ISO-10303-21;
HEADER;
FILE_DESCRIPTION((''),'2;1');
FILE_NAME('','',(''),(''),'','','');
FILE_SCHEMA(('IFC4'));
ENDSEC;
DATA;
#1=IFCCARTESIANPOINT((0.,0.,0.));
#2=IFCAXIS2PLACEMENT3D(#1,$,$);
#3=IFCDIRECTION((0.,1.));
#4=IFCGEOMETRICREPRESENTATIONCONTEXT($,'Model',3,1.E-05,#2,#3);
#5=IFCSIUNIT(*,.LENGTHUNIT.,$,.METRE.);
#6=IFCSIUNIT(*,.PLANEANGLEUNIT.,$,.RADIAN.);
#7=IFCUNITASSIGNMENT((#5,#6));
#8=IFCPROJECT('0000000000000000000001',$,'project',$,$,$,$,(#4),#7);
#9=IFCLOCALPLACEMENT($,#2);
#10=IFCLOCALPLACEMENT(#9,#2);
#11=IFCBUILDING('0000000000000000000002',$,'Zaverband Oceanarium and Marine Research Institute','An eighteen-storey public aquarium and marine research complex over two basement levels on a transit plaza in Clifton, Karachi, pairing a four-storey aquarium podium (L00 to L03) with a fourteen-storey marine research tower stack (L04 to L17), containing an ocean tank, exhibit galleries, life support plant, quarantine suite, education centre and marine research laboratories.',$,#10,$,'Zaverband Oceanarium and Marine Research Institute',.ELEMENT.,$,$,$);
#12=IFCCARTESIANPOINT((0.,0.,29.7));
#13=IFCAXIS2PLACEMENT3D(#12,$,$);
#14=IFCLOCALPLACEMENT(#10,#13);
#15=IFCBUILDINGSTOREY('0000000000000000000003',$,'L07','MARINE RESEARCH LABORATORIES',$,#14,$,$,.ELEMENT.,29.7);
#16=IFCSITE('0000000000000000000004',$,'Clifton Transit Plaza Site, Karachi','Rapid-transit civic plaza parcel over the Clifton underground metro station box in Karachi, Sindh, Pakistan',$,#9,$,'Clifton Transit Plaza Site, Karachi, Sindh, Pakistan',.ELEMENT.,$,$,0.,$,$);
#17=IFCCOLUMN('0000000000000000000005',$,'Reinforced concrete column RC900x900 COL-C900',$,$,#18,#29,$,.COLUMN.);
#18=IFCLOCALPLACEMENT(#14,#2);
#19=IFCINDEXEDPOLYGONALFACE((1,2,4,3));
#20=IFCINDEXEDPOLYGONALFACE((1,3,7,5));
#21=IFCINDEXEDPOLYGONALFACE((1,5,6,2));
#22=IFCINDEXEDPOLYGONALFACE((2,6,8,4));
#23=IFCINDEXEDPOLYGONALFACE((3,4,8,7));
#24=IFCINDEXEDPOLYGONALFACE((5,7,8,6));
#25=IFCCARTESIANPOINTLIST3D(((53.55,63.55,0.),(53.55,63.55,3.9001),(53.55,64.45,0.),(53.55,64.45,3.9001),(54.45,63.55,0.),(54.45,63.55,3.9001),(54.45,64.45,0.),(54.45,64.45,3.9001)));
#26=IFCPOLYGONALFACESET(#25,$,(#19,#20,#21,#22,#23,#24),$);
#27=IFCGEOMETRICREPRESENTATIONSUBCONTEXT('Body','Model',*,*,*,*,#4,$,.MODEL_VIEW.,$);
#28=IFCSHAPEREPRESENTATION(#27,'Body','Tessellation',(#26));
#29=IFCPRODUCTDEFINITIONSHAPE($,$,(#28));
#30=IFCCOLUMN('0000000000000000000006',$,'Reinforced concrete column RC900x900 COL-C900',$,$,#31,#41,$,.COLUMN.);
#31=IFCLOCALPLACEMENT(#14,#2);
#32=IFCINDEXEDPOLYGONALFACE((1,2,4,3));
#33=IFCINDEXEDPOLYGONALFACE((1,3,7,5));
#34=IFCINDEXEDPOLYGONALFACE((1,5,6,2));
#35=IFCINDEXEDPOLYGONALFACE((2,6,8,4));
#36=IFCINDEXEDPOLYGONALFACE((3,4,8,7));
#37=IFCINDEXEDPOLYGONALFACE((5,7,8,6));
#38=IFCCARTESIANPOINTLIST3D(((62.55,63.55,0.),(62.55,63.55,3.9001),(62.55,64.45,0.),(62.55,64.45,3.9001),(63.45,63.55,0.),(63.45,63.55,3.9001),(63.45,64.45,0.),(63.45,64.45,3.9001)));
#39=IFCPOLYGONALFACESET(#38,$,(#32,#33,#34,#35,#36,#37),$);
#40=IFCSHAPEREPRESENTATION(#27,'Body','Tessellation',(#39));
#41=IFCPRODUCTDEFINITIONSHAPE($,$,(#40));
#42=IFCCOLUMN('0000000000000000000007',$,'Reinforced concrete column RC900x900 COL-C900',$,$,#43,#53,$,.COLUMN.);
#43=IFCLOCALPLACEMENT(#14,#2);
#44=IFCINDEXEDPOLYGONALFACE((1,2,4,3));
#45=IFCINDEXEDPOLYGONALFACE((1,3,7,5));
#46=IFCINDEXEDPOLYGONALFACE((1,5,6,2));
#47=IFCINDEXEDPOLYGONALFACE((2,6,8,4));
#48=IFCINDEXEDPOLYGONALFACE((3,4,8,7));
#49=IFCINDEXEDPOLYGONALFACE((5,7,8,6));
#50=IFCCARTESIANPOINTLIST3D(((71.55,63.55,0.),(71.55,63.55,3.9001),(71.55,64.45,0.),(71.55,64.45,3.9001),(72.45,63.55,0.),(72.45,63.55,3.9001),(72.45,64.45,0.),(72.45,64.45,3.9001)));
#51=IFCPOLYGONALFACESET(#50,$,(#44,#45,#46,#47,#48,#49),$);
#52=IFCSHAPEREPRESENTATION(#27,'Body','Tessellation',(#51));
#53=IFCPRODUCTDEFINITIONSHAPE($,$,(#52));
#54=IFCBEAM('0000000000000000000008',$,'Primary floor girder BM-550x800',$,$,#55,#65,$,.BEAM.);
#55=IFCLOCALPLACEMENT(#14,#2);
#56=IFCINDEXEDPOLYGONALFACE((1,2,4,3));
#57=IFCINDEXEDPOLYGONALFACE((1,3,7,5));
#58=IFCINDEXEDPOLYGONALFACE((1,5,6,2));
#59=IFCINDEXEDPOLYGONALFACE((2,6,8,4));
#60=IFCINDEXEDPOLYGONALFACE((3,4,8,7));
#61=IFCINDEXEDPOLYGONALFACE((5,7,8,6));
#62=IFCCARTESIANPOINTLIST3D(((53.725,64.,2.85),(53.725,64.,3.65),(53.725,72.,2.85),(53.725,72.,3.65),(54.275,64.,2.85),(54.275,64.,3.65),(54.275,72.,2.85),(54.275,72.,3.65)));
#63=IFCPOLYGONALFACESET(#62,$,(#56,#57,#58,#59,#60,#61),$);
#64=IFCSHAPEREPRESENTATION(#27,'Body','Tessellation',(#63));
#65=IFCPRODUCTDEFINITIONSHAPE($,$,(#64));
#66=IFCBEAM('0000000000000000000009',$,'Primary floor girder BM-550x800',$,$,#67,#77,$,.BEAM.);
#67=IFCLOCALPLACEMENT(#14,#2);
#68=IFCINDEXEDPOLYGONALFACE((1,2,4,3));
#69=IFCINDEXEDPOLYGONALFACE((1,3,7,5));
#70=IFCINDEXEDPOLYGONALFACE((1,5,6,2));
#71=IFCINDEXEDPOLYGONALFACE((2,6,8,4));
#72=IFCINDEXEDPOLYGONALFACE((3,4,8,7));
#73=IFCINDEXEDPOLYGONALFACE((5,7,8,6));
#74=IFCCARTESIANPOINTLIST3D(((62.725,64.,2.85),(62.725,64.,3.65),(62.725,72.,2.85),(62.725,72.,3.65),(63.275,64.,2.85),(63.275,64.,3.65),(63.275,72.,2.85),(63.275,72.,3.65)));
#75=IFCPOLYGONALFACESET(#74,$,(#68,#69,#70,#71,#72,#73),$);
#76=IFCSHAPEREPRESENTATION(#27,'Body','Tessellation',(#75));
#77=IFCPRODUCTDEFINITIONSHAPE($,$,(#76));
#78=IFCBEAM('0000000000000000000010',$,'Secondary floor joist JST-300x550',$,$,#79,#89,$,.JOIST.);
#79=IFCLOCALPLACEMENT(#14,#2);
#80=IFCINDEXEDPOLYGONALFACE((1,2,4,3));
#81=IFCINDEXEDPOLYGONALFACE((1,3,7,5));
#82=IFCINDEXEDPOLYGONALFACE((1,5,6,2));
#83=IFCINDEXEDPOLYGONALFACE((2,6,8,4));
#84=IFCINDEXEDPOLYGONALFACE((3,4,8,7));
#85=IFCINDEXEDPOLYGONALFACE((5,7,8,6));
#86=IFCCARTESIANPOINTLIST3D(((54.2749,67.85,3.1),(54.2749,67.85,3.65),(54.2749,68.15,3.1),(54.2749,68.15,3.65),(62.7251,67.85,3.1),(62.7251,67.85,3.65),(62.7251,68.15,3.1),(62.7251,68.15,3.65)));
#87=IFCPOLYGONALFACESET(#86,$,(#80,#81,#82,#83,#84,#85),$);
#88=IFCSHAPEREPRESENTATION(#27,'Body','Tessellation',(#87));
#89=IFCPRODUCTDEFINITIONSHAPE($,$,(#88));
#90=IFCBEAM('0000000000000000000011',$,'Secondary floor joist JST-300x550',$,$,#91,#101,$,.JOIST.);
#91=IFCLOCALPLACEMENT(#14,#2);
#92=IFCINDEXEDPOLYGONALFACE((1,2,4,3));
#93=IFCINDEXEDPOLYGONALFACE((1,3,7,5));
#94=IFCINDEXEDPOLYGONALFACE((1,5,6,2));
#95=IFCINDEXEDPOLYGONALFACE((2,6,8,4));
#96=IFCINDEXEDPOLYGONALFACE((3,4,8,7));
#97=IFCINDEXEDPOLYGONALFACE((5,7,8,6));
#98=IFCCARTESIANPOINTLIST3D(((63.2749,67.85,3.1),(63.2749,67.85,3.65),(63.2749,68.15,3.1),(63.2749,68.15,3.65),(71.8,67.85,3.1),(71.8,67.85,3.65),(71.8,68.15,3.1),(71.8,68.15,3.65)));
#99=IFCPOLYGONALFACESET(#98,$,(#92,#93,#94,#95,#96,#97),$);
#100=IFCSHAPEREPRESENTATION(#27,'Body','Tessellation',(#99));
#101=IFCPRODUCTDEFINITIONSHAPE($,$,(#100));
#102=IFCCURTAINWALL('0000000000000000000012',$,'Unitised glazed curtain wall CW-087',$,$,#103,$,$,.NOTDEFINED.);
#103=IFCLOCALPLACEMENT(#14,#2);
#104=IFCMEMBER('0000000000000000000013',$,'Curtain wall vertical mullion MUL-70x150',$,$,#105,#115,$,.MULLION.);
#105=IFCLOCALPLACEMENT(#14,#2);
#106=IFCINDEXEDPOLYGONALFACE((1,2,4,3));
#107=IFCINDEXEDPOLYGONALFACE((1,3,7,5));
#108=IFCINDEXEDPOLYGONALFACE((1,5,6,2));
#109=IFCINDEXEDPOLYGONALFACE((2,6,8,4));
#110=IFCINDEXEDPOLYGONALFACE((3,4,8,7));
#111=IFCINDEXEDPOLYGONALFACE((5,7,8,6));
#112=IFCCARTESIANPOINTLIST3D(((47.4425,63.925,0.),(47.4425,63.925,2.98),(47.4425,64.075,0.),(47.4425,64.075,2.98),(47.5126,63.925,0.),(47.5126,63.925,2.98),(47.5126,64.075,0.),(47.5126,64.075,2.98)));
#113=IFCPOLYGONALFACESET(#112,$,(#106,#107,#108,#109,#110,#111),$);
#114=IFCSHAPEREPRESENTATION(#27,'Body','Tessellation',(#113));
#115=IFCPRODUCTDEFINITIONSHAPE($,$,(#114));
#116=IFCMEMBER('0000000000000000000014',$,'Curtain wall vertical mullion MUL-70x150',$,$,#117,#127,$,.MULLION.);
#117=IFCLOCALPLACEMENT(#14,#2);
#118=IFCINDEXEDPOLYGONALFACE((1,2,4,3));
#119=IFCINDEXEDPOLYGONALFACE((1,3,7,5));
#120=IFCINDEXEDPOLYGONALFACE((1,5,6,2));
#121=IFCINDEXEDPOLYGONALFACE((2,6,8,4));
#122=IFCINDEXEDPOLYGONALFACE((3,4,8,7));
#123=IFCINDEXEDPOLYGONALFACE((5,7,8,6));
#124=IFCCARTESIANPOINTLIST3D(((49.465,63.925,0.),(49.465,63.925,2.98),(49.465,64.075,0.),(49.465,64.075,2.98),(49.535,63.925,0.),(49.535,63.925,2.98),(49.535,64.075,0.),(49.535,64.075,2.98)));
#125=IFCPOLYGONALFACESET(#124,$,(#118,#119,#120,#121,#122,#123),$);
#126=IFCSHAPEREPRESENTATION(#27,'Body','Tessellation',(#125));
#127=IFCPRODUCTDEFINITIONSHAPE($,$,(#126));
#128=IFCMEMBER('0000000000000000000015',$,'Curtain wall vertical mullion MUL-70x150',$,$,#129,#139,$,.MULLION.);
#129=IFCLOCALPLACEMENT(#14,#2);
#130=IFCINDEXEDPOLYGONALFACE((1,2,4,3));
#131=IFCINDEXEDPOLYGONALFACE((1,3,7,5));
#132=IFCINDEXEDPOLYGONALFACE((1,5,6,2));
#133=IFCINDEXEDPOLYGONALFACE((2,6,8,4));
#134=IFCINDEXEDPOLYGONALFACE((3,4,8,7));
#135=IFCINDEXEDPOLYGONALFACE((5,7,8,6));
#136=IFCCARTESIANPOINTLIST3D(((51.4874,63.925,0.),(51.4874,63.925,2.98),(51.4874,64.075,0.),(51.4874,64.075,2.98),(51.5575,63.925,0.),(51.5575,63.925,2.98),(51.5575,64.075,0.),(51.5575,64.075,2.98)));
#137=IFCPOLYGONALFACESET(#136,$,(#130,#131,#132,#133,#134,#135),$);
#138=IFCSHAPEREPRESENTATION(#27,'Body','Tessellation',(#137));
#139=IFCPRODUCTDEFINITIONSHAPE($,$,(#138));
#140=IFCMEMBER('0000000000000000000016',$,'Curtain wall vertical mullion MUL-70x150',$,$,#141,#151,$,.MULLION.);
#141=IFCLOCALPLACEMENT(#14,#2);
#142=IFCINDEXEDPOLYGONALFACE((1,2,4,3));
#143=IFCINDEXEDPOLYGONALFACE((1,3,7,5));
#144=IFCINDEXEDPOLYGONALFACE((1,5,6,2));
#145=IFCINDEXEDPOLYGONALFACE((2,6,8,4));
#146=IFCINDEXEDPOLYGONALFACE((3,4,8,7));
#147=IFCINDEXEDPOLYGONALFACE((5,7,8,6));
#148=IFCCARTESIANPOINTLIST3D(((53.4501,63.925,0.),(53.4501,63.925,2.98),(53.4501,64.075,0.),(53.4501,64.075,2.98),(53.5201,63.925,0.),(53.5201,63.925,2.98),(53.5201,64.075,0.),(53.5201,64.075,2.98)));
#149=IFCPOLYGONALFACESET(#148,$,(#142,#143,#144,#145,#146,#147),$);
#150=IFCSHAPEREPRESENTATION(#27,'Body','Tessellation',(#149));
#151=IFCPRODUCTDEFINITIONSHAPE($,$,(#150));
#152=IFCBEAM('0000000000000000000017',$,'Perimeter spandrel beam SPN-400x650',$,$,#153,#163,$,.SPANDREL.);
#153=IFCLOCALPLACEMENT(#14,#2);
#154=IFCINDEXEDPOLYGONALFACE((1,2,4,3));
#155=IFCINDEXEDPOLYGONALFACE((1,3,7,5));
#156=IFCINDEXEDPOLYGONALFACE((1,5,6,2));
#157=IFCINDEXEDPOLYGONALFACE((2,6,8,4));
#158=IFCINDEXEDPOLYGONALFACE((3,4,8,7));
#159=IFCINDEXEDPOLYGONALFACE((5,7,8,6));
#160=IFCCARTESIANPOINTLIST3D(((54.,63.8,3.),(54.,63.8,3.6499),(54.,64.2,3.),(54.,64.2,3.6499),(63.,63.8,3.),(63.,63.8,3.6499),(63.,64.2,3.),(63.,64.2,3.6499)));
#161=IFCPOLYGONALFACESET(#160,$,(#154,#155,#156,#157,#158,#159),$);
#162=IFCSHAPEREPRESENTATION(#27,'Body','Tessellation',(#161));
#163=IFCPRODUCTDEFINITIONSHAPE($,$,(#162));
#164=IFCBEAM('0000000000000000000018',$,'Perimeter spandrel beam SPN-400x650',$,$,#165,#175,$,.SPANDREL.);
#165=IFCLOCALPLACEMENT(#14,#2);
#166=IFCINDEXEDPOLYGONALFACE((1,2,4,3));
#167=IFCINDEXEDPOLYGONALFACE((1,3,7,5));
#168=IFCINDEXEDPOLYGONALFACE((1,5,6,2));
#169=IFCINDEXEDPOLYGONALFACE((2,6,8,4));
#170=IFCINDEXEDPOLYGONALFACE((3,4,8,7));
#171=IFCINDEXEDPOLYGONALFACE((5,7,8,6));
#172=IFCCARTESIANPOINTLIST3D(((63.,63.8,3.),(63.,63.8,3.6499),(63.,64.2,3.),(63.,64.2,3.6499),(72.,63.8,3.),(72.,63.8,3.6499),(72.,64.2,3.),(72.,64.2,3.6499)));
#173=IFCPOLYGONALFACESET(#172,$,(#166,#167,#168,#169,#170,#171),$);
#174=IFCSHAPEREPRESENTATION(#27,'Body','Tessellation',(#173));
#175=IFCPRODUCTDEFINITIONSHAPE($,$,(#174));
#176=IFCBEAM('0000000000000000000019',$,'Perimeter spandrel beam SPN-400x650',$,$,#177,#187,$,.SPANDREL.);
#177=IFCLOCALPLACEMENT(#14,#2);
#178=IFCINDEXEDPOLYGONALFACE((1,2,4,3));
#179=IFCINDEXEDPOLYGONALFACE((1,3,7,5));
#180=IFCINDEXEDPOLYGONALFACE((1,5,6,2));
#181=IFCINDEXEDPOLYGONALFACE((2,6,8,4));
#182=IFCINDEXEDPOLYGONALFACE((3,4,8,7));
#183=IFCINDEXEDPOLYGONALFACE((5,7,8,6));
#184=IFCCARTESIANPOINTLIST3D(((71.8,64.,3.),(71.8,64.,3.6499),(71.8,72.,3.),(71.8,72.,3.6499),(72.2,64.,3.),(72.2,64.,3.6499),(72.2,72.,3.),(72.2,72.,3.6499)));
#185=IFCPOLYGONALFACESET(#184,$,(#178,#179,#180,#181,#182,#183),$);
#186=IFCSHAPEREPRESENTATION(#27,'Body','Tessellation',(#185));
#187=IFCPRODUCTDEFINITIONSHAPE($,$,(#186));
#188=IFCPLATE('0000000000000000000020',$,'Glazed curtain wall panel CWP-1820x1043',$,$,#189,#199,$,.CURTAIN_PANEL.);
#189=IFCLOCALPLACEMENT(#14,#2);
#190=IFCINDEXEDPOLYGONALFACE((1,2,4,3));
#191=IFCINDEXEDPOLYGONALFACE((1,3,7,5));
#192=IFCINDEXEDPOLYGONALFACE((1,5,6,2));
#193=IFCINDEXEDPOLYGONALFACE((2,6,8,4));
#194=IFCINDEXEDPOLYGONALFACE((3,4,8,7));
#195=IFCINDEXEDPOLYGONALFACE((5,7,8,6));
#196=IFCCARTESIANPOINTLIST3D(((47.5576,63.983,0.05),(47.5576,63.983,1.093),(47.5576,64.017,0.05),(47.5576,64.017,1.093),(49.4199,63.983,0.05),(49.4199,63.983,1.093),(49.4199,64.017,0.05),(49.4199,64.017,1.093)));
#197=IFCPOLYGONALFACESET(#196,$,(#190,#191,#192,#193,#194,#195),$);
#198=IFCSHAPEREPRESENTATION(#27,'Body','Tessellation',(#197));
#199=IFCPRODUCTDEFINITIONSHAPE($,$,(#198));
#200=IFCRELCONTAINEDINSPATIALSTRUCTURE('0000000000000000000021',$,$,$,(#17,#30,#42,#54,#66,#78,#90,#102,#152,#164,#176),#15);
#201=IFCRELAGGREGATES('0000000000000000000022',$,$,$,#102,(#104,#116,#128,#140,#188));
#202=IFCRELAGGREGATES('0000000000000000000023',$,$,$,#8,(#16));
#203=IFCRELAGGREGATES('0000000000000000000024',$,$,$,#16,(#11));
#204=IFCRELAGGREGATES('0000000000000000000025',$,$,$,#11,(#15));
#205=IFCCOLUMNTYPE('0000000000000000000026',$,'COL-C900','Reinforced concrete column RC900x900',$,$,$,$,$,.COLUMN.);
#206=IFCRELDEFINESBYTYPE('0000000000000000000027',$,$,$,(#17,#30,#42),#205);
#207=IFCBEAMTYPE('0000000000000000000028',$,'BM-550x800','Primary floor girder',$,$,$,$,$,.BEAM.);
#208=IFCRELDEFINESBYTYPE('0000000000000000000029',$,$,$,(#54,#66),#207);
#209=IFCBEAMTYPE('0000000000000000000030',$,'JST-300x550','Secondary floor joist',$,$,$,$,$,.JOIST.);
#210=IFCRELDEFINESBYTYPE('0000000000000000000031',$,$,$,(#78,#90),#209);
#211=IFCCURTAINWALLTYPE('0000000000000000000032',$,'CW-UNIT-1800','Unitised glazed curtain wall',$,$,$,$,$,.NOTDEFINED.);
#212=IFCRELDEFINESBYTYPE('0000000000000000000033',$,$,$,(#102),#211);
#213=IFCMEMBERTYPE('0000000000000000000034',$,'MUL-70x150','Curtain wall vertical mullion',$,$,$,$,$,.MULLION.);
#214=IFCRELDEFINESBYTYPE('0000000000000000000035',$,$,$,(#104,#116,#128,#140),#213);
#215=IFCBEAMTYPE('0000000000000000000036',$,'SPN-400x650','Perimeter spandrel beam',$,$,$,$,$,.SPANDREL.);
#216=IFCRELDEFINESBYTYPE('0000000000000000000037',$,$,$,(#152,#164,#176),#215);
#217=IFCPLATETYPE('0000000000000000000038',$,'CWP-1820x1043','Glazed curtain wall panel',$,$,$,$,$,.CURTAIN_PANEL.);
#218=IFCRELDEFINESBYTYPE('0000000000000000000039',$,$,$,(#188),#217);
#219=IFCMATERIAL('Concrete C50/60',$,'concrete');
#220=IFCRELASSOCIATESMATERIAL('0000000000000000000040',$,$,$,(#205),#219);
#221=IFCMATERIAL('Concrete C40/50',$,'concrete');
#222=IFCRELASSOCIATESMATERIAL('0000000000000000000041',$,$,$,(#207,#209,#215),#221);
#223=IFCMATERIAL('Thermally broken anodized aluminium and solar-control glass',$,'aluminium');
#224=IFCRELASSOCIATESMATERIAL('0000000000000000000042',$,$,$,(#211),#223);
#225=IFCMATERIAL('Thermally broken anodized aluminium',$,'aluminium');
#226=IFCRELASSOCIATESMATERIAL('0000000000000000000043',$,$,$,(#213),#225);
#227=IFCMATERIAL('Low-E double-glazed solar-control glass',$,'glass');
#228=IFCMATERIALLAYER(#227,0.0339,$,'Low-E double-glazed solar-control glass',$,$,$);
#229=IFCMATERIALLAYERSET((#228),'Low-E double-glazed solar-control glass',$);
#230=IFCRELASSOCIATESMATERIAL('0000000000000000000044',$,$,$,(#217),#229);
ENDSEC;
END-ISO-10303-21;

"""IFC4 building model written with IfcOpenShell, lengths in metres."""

from ifc_helpers import new_model, si_unit, direction, frame, frame_2d, origin, origin_2d, place, context, subcontext, project, spatial, rectangle, extrude, material, layer, layer_set, material_profile, profile_set, type_object, element, aggregate, save


model = new_model("IFC4")

# Units and contexts
model_context = context("Model", 3, precision=1e-05, world=origin(), true_north=direction((0.0, 1.0)))
body_context = subcontext(model_context, "Body", "Model", "MODEL_VIEW")
ifc_project = project(units=[si_unit("LENGTHUNIT", "METRE"), si_unit("PLANEANGLEUNIT", "RADIAN")], contexts=[model_context])

# Site, building, storey
site_placement = place(None, origin())
site = spatial("IfcSite", under=ifc_project, at=site_placement, Name="Clifton Transit Plaza Site, Karachi", Description="Rapid-transit civic plaza parcel over the Clifton underground metro station box in Karachi, Sindh, Pakistan", LongName="Clifton Transit Plaza Site, Karachi, Sindh, Pakistan", CompositionType="ELEMENT", RefElevation=0.0)
building_placement = place(site_placement, origin())
building = spatial("IfcBuilding", under=site, at=building_placement, Name="Zaverband Oceanarium and Marine Research Institute", Description="An eighteen-storey public aquarium and marine research complex over two basement levels on a transit plaza in Clifton, Karachi, pairing a four-storey aquarium podium (L00 to L03) with a fourteen-storey marine research tower stack (L04 to L17), containing an ocean tank, exhibit galleries, life support plant, quarantine suite, education centre and marine research laboratories.", LongName="Zaverband Oceanarium and Marine Research Institute", CompositionType="ELEMENT")
storey_placement = place(building_placement, frame((0.0, 0.0, 29.7)))
storey = spatial("IfcBuildingStorey", under=building, at=storey_placement, Name="L07", Description="MARINE RESEARCH LABORATORIES", CompositionType="ELEMENT", Elevation=29.7)

# Columns
ifc_material_1 = material(Name="Concrete C50/60", Category="concrete")
ifc_material_profile_1 = material_profile(ifc_material_1, rectangle(XDim=0.8999, YDim=0.8999, at=origin_2d()), Name="RC900x900")
ifc_profile_set_1 = profile_set([ifc_material_profile_1], Name="Concrete C50/60")
column_type = type_object("IfcColumnType", Name="COL-C900", Description="Reinforced concrete column RC900x900", PredefinedType="COLUMN", material=ifc_profile_set_1)
for number, where, z_axis, x_axis, name in (
    (1, (54.0, 64.0, 0.0), (0.0, 0.0, 1.0), (1.0, 0.0, 0.0), "Reinforced concrete column RC900x900 COL-C900"),
    (2, (63.0, 64.0, 0.0), (0.0, 0.0, 1.0), (1.0, 0.0, 0.0), "Reinforced concrete column RC900x900 COL-C900"),
    (3, (72.0, 64.0, 0.0), (0.0, 0.0, 1.0), (1.0, 0.0, 0.0), "Reinforced concrete column RC900x900 COL-C900"),
):
    element("IfcColumn", number, at=place(storey_placement, frame(where, z_axis=z_axis, x_axis=x_axis)), inside=storey, type_object=column_type, Name=name, PredefinedType="COLUMN", context=body_context, shape_type="SweptSolid", body=[
        extrude(rectangle(XDim=0.8999, YDim=0.8999, at=origin_2d()), origin(), (0.0, 0.0, 1.0), 3.9001),
    ])

# Beams
ifc_material_2 = material(Name="Concrete C40/50", Category="concrete")
ifc_material_profile_2 = material_profile(ifc_material_2, rectangle(XDim=0.55, YDim=0.8, at=origin_2d()), Name="RC550x800")
ifc_profile_set_2 = profile_set([ifc_material_profile_2], Name="Concrete C40/50")
beam_type_1 = type_object("IfcBeamType", Name="BM-550x800", Description="Primary floor girder", PredefinedType="BEAM", material=ifc_profile_set_2)
for number, where, z_axis, x_axis, name in (
    (4, (54.0, 64.0, 3.25), (0.0, 1.0, 0.0), (-1.0, 0.0, 0.0), "Primary floor girder BM-550x800"),
    (5, (63.0, 64.0, 3.25), (0.0, 1.0, 0.0), (-1.0, 0.0, 0.0), "Primary floor girder BM-550x800"),
):
    element("IfcBeam", number, at=place(storey_placement, frame(where, z_axis=z_axis, x_axis=x_axis)), inside=storey, type_object=beam_type_1, Name=name, PredefinedType="BEAM", context=body_context, shape_type="SweptSolid", body=[
        extrude(rectangle(XDim=0.55, YDim=0.8, at=origin_2d()), origin(), (0.0, 0.0, 1.0), 8.0),
    ])
ifc_material_profile_3 = material_profile(ifc_material_2, rectangle(XDim=0.3, YDim=0.55, at=origin_2d()), Name="RC300x550")
ifc_profile_set_3 = profile_set([ifc_material_profile_3], Name="Concrete C40/50")
beam_type_2 = type_object("IfcBeamType", Name="JST-300x550", Description="Secondary floor joist", PredefinedType="JOIST", material=ifc_profile_set_3)
beam_1_placement = place(storey_placement, frame((54.2749, 68.0, 3.375), z_axis=(1.0, 0.0, 0.0), x_axis=(0.0, 1.0, 0.0)))
element("IfcBeam", 6, at=beam_1_placement, inside=storey, type_object=beam_type_2, Name="Secondary floor joist JST-300x550", PredefinedType="JOIST", context=body_context, shape_type="SweptSolid", body=[
    extrude(rectangle(XDim=0.3, YDim=0.55, at=origin_2d()), origin(), (0.0, 0.0, 1.0), 8.4502),
])
beam_2_placement = place(storey_placement, frame((63.2749, 68.0, 3.375), z_axis=(1.0, 0.0, 0.0), x_axis=(0.0, 1.0, 0.0)))
element("IfcBeam", 7, at=beam_2_placement, inside=storey, type_object=beam_type_2, Name="Secondary floor joist JST-300x550", PredefinedType="JOIST", context=body_context, shape_type="SweptSolid", body=[
    extrude(rectangle(XDim=0.3, YDim=0.55, at=origin_2d()), origin(), (0.0, 0.0, 1.0), 8.5251),
])

# Curtain wall, members
ifc_material_3 = material(Name="Thermally broken anodized aluminium and solar-control glass", Category="aluminium")
curtain_wall_type = type_object("IfcCurtainWallType", Name="CW-UNIT-1800", Description="Unitised glazed curtain wall", PredefinedType="NOTDEFINED", material=ifc_material_3)
curtain_wall_placement = place(storey_placement, origin())
curtain_wall = element("IfcCurtainWall", 8, at=curtain_wall_placement, inside=storey, type_object=curtain_wall_type, Name="Unitised glazed curtain wall CW-087", PredefinedType="NOTDEFINED")
ifc_material_4 = material(Name="Thermally broken anodized aluminium", Category="aluminium")
ifc_material_profile_4 = material_profile(ifc_material_4, rectangle(XDim=0.0701, YDim=0.1499, at=origin_2d()), Name="AL-MUL-70x150")
ifc_profile_set_4 = profile_set([ifc_material_profile_4], Name="Thermally broken anodized aluminium")
member_type = type_object("IfcMemberType", Name="MUL-70x150", Description="Curtain wall vertical mullion", PredefinedType="MULLION", material=ifc_profile_set_4)
member_1_placement = place(storey_placement, frame((47.4775, 64.0, 0.0), z_axis=(0.0, 0.0, 1.0), x_axis=(1.0, 0.0, 0.0)))
member_1 = element("IfcMember", 9, at=member_1_placement, type_object=member_type, Name="Curtain wall vertical mullion MUL-70x150", PredefinedType="MULLION", context=body_context, shape_type="SweptSolid", body=[
    extrude(rectangle(XDim=0.0701, YDim=0.1499, at=origin_2d()), origin(), (0.0, 0.0, 1.0), 2.98),
])
member_2_placement = place(storey_placement, frame((49.5, 64.0, 0.0), z_axis=(0.0, 0.0, 1.0), x_axis=(1.0, 0.0, 0.0)))
member_2 = element("IfcMember", 10, at=member_2_placement, type_object=member_type, Name="Curtain wall vertical mullion MUL-70x150", PredefinedType="MULLION", context=body_context, shape_type="SweptSolid", body=[
    extrude(rectangle(XDim=0.0701, YDim=0.1499, at=origin_2d()), origin(), (0.0, 0.0, 1.0), 2.98),
])
member_3_placement = place(storey_placement, frame((51.5225, 64.0, 0.0), z_axis=(0.0, 0.0, 1.0), x_axis=(1.0, 0.0, 0.0)))
member_3 = element("IfcMember", 11, at=member_3_placement, type_object=member_type, Name="Curtain wall vertical mullion MUL-70x150", PredefinedType="MULLION", context=body_context, shape_type="SweptSolid", body=[
    extrude(rectangle(XDim=0.0701, YDim=0.1499, at=origin_2d()), origin(), (0.0, 0.0, 1.0), 2.98),
])
member_4_placement = place(storey_placement, frame((53.4851, 64.0, 0.0), z_axis=(0.0, 0.0, 1.0), x_axis=(1.0, 0.0, 0.0)))
member_4 = element("IfcMember", 12, at=member_4_placement, type_object=member_type, Name="Curtain wall vertical mullion MUL-70x150", PredefinedType="MULLION", context=body_context, shape_type="SweptSolid", body=[
    extrude(rectangle(XDim=0.0701, YDim=0.1499, at=origin_2d()), origin(), (0.0, 0.0, 1.0), 2.98),
])

# Beams
ifc_material_profile_5 = material_profile(ifc_material_2, rectangle(XDim=0.3999, YDim=0.6499, at=origin_2d()), Name="RC400x650")
ifc_profile_set_5 = profile_set([ifc_material_profile_5], Name="Concrete C40/50")
beam_type_3 = type_object("IfcBeamType", Name="SPN-400x650", Description="Perimeter spandrel beam", PredefinedType="SPANDREL", material=ifc_profile_set_5)
for number, where, z_axis, x_axis, name in (
    (13, (54.0, 64.0, 3.325), (1.0, 0.0, 0.0), (0.0, 1.0, 0.0), "Perimeter spandrel beam SPN-400x650"),
    (14, (63.0, 64.0, 3.325), (1.0, 0.0, 0.0), (0.0, 1.0, 0.0), "Perimeter spandrel beam SPN-400x650"),
):
    element("IfcBeam", number, at=place(storey_placement, frame(where, z_axis=z_axis, x_axis=x_axis)), inside=storey, type_object=beam_type_3, Name=name, PredefinedType="SPANDREL", context=body_context, shape_type="SweptSolid", body=[
        extrude(rectangle(XDim=0.3999, YDim=0.6499, at=origin_2d()), origin(), (0.0, 0.0, 1.0), 9.0),
    ])
beam_3_placement = place(storey_placement, frame((72.0, 64.0, 3.325), z_axis=(0.0, 1.0, 0.0), x_axis=(-1.0, 0.0, 0.0)))
element("IfcBeam", 15, at=beam_3_placement, inside=storey, type_object=beam_type_3, Name="Perimeter spandrel beam SPN-400x650", PredefinedType="SPANDREL", context=body_context, shape_type="SweptSolid", body=[
    extrude(rectangle(XDim=0.3999, YDim=0.6499, at=origin_2d()), origin(), (0.0, 0.0, 1.0), 8.0),
])

# Plate
ifc_material_5 = material(Name="Low-E double-glazed solar-control glass", Category="glass")
ifc_layer_1 = layer(ifc_material_5, 0.0339, Name="Low-E double-glazed solar-control glass")
ifc_layer_set_1 = layer_set([ifc_layer_1], Name="Low-E double-glazed solar-control glass")
plate_type_1 = type_object("IfcPlateType", Name="CWP-1820x1043", Description="Glazed curtain wall panel", PredefinedType="CURTAIN_PANEL", material=ifc_layer_set_1)
plate_1_placement = place(storey_placement, frame((47.5576, 64.0, 0.05), z_axis=(0.0, 0.0, 1.0), x_axis=(1.0, 0.0, 0.0)))
plate_1 = element("IfcPlate", 16, at=plate_1_placement, type_object=plate_type_1, Name="Glazed curtain wall panel CWP-1820x1043", PredefinedType="CURTAIN_PANEL", context=body_context, shape_type="SweptSolid", body=[
    extrude(rectangle(XDim=1.8623, YDim=0.0339, at=frame_2d((0.9312, 0.0))), origin(), (0.0, 0.0, 1.0), 1.043),
])
aggregate(curtain_wall, [member_1, member_2, member_3, member_4, plate_1])

save(model, "model.ifc")
